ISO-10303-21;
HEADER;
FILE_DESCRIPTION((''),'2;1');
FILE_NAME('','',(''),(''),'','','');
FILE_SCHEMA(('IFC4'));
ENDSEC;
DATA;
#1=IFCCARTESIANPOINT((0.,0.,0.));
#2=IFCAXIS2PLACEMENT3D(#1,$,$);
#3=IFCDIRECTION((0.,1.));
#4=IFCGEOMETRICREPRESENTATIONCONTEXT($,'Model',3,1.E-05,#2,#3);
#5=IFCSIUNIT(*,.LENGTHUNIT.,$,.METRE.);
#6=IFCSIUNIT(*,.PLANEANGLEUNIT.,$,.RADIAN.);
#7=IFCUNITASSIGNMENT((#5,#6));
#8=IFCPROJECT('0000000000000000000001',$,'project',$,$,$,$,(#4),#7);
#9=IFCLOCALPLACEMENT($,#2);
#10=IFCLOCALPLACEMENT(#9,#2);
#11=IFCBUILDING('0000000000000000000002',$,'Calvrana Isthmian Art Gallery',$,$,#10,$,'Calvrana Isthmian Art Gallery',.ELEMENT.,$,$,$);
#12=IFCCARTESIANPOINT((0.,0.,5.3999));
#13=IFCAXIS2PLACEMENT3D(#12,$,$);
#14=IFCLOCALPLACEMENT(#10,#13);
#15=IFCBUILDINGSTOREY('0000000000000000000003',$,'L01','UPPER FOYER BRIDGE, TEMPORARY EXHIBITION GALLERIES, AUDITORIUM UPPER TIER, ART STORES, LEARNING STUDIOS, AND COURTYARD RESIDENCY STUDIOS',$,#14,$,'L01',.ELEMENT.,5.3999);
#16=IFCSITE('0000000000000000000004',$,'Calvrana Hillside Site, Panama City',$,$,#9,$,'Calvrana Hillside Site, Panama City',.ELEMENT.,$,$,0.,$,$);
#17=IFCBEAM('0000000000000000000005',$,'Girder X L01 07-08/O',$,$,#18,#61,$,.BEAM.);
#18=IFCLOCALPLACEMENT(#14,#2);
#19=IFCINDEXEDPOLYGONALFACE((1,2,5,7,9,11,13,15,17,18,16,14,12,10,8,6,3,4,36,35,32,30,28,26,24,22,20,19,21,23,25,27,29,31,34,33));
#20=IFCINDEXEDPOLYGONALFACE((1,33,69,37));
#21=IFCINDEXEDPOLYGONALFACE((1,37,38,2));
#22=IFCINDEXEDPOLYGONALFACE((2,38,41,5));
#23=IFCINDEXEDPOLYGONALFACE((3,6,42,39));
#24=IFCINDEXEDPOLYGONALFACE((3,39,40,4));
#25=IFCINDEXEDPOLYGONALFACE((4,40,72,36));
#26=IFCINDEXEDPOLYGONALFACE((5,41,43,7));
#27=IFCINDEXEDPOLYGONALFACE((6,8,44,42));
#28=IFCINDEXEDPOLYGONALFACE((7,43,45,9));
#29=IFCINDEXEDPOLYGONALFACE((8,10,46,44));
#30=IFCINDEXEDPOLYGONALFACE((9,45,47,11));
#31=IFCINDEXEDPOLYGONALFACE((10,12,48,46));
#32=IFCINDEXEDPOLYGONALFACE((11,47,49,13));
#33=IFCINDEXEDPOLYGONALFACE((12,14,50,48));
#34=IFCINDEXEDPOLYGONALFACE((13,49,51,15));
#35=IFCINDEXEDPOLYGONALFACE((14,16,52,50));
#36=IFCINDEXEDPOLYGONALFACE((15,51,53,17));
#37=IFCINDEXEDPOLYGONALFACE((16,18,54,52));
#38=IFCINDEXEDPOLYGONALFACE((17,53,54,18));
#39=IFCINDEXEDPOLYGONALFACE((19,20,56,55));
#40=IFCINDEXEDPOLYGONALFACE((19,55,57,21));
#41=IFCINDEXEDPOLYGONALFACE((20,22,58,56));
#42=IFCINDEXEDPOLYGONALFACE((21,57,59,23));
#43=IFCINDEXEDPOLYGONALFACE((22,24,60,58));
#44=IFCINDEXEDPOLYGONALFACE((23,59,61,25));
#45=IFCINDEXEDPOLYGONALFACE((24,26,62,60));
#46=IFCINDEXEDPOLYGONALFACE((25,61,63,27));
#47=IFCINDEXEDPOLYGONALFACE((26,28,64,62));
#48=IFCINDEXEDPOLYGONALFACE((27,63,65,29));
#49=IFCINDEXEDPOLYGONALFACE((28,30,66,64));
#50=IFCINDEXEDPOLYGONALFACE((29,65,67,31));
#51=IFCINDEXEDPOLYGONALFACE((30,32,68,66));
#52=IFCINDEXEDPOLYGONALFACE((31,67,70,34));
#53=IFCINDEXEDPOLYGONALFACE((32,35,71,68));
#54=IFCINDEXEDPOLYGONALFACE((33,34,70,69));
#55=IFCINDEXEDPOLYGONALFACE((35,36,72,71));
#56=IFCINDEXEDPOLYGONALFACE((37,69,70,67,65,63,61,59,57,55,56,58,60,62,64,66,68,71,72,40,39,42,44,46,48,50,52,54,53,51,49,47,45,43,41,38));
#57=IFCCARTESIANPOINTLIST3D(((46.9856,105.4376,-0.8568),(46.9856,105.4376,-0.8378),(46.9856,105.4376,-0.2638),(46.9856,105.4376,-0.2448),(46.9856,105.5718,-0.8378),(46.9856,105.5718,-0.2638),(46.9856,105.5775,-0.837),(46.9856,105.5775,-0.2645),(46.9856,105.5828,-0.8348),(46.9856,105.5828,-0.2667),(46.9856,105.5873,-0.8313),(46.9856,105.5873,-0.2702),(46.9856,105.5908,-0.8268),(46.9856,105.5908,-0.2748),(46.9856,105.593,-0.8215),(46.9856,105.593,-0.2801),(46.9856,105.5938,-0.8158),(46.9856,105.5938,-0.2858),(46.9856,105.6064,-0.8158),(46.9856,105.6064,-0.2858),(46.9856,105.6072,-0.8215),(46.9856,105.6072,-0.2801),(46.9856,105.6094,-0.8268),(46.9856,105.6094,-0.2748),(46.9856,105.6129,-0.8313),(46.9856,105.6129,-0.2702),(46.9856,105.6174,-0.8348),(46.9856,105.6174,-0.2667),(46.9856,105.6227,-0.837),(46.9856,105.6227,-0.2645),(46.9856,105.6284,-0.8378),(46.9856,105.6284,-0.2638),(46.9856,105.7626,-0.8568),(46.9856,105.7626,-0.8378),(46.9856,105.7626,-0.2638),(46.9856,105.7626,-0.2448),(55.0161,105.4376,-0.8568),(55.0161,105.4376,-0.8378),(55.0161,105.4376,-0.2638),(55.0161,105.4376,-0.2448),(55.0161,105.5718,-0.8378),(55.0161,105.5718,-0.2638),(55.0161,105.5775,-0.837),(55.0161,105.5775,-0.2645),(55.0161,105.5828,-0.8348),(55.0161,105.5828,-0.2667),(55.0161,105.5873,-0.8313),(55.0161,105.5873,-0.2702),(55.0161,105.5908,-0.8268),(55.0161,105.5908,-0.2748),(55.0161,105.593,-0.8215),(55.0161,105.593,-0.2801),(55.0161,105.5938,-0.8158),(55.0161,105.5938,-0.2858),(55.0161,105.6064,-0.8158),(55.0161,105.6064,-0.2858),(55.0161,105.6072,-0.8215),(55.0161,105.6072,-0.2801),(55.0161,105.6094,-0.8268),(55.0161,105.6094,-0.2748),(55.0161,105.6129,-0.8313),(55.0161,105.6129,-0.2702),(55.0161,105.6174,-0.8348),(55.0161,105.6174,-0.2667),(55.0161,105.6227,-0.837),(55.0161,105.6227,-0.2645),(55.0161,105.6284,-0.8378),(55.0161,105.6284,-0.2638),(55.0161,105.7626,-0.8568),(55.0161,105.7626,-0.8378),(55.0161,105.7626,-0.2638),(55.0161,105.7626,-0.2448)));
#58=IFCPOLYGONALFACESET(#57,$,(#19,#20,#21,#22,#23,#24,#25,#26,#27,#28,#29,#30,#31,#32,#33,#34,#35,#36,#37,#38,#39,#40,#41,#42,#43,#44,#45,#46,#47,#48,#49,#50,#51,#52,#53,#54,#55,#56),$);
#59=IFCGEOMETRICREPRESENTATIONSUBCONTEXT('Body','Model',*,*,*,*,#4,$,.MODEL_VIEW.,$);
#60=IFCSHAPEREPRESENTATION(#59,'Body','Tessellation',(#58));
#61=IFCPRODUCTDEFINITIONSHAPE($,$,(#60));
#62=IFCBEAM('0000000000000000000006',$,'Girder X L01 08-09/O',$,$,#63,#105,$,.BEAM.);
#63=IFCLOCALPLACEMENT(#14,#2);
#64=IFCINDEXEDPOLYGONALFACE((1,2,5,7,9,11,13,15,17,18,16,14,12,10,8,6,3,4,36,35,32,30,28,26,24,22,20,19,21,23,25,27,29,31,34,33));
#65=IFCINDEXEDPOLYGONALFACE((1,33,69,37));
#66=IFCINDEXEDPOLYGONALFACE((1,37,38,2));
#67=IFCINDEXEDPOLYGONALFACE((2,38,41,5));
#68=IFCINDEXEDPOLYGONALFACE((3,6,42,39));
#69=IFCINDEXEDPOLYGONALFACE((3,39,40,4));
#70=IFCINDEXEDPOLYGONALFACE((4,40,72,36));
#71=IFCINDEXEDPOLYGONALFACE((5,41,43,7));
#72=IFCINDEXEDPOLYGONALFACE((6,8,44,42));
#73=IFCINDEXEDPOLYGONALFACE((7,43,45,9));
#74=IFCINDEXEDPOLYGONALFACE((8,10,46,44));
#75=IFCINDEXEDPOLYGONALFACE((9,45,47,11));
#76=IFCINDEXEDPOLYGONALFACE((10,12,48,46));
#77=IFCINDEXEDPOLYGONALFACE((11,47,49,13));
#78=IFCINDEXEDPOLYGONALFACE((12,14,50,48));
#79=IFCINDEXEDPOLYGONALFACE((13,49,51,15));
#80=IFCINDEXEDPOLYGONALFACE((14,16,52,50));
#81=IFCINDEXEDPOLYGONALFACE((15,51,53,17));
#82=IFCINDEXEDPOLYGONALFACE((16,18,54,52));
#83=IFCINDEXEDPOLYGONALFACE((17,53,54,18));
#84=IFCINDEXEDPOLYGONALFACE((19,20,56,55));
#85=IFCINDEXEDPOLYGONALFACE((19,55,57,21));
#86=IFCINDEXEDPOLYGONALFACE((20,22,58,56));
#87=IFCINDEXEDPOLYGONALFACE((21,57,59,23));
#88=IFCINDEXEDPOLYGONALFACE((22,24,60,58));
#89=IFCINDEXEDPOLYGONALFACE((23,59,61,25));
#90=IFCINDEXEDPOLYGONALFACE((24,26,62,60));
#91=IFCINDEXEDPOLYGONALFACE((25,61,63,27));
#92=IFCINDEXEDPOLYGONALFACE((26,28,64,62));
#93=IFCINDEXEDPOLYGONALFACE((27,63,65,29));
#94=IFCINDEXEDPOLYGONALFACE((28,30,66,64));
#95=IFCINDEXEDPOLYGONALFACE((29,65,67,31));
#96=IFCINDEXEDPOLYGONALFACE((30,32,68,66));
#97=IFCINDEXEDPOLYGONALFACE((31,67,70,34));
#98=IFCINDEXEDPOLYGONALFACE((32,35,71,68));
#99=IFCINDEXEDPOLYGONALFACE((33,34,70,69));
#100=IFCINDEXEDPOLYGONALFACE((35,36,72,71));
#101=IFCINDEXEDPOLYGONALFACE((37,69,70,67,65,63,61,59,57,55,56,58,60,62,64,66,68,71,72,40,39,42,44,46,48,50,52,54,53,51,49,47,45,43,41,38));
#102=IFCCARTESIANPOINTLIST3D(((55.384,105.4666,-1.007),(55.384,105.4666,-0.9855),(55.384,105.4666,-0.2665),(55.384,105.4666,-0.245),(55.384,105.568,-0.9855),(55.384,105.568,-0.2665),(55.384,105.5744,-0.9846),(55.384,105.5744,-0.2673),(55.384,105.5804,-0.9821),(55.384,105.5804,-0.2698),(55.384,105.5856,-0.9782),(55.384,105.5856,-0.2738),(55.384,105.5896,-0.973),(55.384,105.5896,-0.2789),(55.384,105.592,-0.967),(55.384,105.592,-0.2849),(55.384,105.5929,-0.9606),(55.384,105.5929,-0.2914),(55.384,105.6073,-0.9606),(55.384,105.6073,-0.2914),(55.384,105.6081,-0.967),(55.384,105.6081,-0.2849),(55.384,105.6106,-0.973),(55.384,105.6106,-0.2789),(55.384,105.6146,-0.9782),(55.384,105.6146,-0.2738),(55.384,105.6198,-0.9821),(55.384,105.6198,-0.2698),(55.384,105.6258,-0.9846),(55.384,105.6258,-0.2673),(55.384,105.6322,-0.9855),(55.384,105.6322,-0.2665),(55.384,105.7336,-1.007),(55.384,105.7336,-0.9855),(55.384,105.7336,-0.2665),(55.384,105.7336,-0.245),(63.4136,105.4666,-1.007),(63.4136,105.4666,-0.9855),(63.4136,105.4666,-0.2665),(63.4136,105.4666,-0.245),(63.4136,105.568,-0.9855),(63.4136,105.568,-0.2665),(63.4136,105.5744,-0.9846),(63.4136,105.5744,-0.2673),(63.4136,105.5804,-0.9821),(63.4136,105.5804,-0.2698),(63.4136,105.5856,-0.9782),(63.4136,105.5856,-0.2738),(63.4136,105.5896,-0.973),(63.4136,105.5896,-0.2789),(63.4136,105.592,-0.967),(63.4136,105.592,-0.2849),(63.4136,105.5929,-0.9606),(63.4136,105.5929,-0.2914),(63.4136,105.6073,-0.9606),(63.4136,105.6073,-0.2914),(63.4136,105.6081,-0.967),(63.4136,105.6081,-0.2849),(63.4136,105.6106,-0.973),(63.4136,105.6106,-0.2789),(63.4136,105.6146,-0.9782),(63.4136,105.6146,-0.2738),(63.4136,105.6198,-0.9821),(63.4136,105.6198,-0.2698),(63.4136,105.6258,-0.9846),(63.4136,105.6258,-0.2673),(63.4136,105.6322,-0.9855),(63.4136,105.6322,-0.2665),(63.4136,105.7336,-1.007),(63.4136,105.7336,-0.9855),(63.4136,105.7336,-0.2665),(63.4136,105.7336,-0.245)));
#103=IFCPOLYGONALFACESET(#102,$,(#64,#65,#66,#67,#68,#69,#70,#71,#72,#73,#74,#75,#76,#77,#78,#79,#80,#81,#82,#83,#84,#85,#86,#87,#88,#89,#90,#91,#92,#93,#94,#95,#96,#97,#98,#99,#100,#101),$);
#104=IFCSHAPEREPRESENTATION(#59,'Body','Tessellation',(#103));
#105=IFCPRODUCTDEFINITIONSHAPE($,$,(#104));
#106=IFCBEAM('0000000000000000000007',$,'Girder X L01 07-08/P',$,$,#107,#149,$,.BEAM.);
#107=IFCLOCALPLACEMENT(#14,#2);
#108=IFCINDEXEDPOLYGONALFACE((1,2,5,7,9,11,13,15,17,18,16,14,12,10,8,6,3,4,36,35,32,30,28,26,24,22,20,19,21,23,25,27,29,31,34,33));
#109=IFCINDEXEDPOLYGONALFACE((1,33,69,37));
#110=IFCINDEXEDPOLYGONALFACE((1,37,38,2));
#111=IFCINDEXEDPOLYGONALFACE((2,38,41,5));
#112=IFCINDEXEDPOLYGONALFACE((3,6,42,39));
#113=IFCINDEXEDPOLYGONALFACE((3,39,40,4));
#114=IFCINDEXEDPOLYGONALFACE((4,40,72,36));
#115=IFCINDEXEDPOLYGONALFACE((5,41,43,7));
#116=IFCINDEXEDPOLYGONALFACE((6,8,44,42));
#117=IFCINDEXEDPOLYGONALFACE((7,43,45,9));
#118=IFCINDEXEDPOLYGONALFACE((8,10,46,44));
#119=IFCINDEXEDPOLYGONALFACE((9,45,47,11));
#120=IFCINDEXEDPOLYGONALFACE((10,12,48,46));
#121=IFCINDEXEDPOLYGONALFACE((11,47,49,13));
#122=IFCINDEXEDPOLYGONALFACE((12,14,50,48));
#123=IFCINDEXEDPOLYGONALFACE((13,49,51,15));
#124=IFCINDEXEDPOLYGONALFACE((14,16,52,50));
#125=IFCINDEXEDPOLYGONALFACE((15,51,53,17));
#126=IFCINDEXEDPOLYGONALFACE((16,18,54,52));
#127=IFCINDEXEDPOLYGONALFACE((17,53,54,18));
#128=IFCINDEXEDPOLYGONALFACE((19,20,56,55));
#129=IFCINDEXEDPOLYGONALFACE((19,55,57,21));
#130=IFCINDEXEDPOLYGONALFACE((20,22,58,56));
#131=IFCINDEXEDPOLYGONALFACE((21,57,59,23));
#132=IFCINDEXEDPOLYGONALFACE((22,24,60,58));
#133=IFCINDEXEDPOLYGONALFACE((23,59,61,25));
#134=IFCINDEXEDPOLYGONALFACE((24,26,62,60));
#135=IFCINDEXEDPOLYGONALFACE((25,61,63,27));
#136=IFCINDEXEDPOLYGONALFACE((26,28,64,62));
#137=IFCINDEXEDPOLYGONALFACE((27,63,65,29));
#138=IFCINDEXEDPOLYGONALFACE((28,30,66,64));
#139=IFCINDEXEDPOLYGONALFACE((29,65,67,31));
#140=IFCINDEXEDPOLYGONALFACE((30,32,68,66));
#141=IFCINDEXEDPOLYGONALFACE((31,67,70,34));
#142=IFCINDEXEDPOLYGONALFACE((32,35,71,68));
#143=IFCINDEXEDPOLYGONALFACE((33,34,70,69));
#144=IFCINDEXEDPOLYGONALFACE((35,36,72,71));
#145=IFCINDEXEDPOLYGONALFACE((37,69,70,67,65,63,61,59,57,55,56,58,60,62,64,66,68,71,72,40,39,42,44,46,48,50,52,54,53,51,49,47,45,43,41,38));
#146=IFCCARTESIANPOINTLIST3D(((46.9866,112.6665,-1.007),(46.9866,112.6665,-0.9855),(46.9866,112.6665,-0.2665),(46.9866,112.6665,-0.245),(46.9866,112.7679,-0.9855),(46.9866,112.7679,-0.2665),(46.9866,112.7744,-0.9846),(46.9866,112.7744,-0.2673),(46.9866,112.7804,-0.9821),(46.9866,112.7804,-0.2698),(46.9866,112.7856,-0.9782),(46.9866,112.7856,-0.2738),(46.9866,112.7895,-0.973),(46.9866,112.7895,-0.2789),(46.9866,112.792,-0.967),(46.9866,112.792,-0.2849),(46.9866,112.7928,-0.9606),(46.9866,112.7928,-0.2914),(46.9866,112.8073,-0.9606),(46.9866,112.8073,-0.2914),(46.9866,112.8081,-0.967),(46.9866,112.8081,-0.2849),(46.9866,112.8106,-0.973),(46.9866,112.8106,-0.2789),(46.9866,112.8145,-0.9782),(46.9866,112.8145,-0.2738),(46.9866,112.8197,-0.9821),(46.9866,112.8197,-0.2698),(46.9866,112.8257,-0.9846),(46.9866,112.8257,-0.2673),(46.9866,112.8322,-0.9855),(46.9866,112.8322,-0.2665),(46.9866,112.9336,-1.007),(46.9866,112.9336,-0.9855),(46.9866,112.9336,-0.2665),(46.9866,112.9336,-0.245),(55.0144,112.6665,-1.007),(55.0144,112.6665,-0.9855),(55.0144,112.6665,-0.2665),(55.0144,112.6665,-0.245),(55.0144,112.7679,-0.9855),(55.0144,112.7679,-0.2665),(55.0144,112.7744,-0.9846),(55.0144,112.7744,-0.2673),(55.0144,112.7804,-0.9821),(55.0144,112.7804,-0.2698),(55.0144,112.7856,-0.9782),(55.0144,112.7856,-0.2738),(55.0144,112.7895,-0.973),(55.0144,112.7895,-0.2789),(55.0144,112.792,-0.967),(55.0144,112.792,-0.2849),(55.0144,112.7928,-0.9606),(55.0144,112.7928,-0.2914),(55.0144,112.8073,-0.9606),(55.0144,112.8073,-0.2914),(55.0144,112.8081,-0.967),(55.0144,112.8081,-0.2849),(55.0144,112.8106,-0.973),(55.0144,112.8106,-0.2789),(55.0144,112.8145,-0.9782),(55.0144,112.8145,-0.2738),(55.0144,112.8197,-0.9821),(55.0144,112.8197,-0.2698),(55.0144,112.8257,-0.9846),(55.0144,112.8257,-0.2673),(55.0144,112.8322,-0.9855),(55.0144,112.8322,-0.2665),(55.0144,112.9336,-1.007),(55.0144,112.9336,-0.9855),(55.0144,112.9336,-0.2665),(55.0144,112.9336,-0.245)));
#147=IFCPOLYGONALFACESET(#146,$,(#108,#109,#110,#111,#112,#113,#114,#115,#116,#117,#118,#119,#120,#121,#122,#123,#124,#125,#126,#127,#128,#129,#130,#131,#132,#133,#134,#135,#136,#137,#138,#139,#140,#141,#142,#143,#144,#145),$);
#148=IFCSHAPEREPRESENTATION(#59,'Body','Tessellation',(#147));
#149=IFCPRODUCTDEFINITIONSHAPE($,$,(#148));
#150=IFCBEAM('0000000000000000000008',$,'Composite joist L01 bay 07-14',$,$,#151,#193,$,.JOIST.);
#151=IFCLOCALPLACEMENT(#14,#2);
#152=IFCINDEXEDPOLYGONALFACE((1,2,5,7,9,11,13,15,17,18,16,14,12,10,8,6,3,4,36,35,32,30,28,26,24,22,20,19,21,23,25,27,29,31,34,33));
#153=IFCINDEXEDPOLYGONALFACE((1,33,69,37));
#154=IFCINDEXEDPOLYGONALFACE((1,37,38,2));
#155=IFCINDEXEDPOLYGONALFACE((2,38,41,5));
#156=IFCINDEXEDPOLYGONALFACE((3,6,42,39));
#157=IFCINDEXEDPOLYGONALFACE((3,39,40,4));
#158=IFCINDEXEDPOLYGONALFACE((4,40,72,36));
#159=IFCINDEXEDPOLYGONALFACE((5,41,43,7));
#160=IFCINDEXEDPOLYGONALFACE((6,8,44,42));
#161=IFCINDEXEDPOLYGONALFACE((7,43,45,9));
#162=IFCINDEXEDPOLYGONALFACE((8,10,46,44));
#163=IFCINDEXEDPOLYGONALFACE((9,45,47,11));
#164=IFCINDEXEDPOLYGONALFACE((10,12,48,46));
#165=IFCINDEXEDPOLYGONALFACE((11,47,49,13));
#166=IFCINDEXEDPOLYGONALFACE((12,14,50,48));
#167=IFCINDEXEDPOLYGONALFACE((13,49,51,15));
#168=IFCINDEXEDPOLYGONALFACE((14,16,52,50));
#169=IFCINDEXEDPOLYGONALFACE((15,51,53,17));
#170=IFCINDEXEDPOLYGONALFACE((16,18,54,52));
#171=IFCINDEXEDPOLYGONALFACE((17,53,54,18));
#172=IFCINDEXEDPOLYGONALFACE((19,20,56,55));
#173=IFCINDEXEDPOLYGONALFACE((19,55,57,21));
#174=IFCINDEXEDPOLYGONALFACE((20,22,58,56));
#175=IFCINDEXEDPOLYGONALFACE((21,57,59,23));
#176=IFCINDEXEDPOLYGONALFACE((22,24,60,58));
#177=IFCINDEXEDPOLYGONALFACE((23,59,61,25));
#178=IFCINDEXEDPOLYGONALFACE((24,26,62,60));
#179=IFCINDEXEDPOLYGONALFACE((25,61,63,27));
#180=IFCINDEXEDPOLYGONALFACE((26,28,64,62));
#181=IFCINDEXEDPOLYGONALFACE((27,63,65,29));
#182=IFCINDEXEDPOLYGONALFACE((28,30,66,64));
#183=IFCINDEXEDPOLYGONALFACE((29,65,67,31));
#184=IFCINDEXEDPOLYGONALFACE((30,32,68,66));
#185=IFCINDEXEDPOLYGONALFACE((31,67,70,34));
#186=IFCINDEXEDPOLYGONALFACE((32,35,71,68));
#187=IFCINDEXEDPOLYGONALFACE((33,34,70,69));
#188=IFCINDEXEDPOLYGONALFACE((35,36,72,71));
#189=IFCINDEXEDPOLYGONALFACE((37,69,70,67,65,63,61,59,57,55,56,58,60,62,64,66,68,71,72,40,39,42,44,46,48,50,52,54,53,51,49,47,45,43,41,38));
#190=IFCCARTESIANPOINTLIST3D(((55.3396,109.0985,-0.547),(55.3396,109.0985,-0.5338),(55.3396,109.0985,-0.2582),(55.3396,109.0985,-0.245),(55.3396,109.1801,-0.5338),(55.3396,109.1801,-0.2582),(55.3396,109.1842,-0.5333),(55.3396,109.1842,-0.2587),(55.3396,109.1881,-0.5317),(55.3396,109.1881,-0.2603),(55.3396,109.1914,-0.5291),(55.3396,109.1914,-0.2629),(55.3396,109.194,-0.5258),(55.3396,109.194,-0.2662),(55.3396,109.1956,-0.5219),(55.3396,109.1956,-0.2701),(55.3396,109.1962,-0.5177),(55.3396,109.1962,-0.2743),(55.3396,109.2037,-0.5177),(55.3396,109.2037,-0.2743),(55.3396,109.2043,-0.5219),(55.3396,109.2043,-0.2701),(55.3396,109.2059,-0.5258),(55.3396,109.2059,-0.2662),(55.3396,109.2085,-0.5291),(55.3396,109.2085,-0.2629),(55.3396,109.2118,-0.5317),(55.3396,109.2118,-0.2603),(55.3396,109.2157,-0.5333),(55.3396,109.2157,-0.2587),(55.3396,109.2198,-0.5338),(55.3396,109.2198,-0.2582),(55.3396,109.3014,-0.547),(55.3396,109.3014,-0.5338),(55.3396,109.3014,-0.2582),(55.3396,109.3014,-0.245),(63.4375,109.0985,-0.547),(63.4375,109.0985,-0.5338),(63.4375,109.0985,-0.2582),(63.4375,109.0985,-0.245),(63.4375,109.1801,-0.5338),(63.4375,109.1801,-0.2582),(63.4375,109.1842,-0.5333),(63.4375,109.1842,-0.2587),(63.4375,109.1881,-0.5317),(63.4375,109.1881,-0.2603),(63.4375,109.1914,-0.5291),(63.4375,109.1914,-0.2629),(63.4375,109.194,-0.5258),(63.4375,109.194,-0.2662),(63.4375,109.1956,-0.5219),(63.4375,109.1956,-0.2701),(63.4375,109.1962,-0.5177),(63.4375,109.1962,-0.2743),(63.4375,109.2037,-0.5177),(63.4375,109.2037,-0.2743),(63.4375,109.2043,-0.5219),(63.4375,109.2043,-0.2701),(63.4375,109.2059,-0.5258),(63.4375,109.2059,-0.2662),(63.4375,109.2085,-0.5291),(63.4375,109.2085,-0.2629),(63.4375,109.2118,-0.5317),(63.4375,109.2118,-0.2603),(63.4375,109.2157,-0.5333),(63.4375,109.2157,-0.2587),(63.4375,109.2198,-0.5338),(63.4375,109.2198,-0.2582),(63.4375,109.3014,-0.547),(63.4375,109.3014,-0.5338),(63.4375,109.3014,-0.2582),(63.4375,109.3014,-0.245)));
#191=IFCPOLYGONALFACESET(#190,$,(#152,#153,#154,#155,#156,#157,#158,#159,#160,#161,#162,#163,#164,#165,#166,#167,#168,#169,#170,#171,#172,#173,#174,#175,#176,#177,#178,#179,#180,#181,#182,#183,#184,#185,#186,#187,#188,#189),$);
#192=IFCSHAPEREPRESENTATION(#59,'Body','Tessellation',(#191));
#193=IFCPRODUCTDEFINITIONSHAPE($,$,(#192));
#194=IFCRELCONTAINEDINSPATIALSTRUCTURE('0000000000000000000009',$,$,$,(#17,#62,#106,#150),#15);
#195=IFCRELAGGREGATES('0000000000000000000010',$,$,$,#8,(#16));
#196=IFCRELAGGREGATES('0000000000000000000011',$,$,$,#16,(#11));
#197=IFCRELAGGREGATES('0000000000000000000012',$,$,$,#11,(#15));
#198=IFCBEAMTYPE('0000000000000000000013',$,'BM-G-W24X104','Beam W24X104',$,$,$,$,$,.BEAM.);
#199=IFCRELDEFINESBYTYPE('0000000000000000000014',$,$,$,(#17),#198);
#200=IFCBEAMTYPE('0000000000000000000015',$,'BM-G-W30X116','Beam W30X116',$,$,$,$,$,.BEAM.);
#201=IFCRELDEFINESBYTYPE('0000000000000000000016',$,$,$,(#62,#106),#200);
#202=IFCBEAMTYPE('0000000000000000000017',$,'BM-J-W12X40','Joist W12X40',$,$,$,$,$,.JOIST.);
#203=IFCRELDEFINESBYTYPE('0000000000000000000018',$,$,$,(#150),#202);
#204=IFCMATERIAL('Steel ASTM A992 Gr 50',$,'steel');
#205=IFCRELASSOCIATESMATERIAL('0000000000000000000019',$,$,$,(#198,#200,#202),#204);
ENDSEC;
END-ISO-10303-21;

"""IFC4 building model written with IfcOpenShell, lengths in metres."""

from ifc_helpers import new_model, si_unit, direction, frame, origin, origin_2d, place, context, subcontext, project, spatial, i_section, extrude, material, material_profile, profile_set, type_object, element, save


model = new_model("IFC4")

# Units and contexts
model_context = context("Model", 3, precision=1e-05, world=origin(), true_north=direction((0.0, 1.0)))
body_context = subcontext(model_context, "Body", "Model", "MODEL_VIEW")
ifc_project = project(units=[si_unit("LENGTHUNIT", "METRE"), si_unit("PLANEANGLEUNIT", "RADIAN")], contexts=[model_context])

# Site, building, storey
site_placement = place(None, origin())
site = spatial("IfcSite", under=ifc_project, at=site_placement, Name="Calvrana Hillside Site, Panama City", LongName="Calvrana Hillside Site, Panama City", CompositionType="ELEMENT", RefElevation=0.0)
building_placement = place(site_placement, origin())
building = spatial("IfcBuilding", under=site, at=building_placement, Name="Calvrana Isthmian Art Gallery", LongName="Calvrana Isthmian Art Gallery", CompositionType="ELEMENT")
storey_placement = place(building_placement, frame((0.0, 0.0, 5.3999)))
storey = spatial("IfcBuildingStorey", under=building, at=storey_placement, Name="L01", Description="UPPER FOYER BRIDGE, TEMPORARY EXHIBITION GALLERIES, AUDITORIUM UPPER TIER, ART STORES, LEARNING STUDIOS, AND COURTYARD RESIDENCY STUDIOS", LongName="L01", CompositionType="ELEMENT", Elevation=5.3999)

# Shared definitions
ifc_material_1 = material(Name="Steel ASTM A992 Gr 50", Category="steel")

# Beams
ifc_material_profile_1 = material_profile(ifc_material_1, i_section(OverallWidth=0.325, OverallDepth=0.6121, WebThickness=0.0127, FlangeThickness=0.019, FilletRadius=0.022, at=origin_2d()), Name="W24X104")
ifc_profile_set_1 = profile_set([ifc_material_profile_1], Name="Steel ASTM A992 Gr 50")
beam_type_1 = type_object("IfcBeamType", Name="BM-G-W24X104", Description="Beam W24X104", PredefinedType="BEAM", material=ifc_profile_set_1)
beam_1_placement = place(storey_placement, frame((46.9856, 105.6001, -0.5508), z_axis=(1.0, 0.0, 0.0), x_axis=(0.0, 1.0, 0.0)))
element("IfcBeam", 1, at=beam_1_placement, inside=storey, type_object=beam_type_1, Name="Girder X L01 07-08/O", PredefinedType="BEAM", context=body_context, shape_type="SweptSolid", body=[
    extrude(i_section(OverallWidth=0.325, OverallDepth=0.6121, WebThickness=0.0127, FlangeThickness=0.019, FilletRadius=0.022, at=origin_2d()), origin(), (0.0, 0.0, 1.0), 8.0305),
])
ifc_material_profile_2 = material_profile(ifc_material_1, i_section(OverallWidth=0.2671, OverallDepth=0.762, WebThickness=0.0144, FlangeThickness=0.0215, FilletRadius=0.0249, at=origin_2d()), Name="W30X116")
ifc_profile_set_2 = profile_set([ifc_material_profile_2], Name="Steel ASTM A992 Gr 50")
beam_type_2 = type_object("IfcBeamType", Name="BM-G-W30X116", Description="Beam W30X116", PredefinedType="BEAM", material=ifc_profile_set_2)
beam_2_placement = place(storey_placement, frame((55.384, 105.6001, -0.626), z_axis=(1.0, 0.0, 0.0), x_axis=(0.0, 1.0, 0.0)))
element("IfcBeam", 2, at=beam_2_placement, inside=storey, type_object=beam_type_2, Name="Girder X L01 08-09/O", PredefinedType="BEAM", context=body_context, shape_type="SweptSolid", body=[
    extrude(i_section(OverallWidth=0.2671, OverallDepth=0.762, WebThickness=0.0144, FlangeThickness=0.0215, FilletRadius=0.0249, at=origin_2d()), origin(), (0.0, 0.0, 1.0), 8.0295),
])
beam_3_placement = place(storey_placement, frame((46.9866, 112.8, -0.626), z_axis=(1.0, 0.0, 0.0), x_axis=(0.0, 1.0, 0.0)))
element("IfcBeam", 3, at=beam_3_placement, inside=storey, type_object=beam_type_2, Name="Girder X L01 07-08/P", PredefinedType="BEAM", context=body_context, shape_type="SweptSolid", body=[
    extrude(i_section(OverallWidth=0.2671, OverallDepth=0.762, WebThickness=0.0144, FlangeThickness=0.0215, FilletRadius=0.0249, at=origin_2d()), origin(), (0.0, 0.0, 1.0), 8.0278),
])
ifc_material_profile_3 = material_profile(ifc_material_1, i_section(OverallWidth=0.2029, OverallDepth=0.302, WebThickness=0.0076, FlangeThickness=0.0132, FilletRadius=0.0161, at=origin_2d()), Name="W12X40")
ifc_profile_set_3 = profile_set([ifc_material_profile_3], Name="Steel ASTM A992 Gr 50")
beam_type_3 = type_object("IfcBeamType", Name="BM-J-W12X40", Description="Joist W12X40", PredefinedType="JOIST", material=ifc_profile_set_3)
beam_4_placement = place(storey_placement, frame((55.3396, 109.2, -0.396), z_axis=(1.0, 0.0, 0.0), x_axis=(0.0, 1.0, 0.0)))
element("IfcBeam", 4, at=beam_4_placement, inside=storey, type_object=beam_type_3, Name="Composite joist L01 bay 07-14", PredefinedType="JOIST", context=body_context, shape_type="SweptSolid", body=[
    extrude(i_section(OverallWidth=0.2029, OverallDepth=0.302, WebThickness=0.0076, FlangeThickness=0.0132, FilletRadius=0.0161, at=origin_2d()), origin(), (0.0, 0.0, 1.0), 8.0979),
])

save(model, "model.ifc")
